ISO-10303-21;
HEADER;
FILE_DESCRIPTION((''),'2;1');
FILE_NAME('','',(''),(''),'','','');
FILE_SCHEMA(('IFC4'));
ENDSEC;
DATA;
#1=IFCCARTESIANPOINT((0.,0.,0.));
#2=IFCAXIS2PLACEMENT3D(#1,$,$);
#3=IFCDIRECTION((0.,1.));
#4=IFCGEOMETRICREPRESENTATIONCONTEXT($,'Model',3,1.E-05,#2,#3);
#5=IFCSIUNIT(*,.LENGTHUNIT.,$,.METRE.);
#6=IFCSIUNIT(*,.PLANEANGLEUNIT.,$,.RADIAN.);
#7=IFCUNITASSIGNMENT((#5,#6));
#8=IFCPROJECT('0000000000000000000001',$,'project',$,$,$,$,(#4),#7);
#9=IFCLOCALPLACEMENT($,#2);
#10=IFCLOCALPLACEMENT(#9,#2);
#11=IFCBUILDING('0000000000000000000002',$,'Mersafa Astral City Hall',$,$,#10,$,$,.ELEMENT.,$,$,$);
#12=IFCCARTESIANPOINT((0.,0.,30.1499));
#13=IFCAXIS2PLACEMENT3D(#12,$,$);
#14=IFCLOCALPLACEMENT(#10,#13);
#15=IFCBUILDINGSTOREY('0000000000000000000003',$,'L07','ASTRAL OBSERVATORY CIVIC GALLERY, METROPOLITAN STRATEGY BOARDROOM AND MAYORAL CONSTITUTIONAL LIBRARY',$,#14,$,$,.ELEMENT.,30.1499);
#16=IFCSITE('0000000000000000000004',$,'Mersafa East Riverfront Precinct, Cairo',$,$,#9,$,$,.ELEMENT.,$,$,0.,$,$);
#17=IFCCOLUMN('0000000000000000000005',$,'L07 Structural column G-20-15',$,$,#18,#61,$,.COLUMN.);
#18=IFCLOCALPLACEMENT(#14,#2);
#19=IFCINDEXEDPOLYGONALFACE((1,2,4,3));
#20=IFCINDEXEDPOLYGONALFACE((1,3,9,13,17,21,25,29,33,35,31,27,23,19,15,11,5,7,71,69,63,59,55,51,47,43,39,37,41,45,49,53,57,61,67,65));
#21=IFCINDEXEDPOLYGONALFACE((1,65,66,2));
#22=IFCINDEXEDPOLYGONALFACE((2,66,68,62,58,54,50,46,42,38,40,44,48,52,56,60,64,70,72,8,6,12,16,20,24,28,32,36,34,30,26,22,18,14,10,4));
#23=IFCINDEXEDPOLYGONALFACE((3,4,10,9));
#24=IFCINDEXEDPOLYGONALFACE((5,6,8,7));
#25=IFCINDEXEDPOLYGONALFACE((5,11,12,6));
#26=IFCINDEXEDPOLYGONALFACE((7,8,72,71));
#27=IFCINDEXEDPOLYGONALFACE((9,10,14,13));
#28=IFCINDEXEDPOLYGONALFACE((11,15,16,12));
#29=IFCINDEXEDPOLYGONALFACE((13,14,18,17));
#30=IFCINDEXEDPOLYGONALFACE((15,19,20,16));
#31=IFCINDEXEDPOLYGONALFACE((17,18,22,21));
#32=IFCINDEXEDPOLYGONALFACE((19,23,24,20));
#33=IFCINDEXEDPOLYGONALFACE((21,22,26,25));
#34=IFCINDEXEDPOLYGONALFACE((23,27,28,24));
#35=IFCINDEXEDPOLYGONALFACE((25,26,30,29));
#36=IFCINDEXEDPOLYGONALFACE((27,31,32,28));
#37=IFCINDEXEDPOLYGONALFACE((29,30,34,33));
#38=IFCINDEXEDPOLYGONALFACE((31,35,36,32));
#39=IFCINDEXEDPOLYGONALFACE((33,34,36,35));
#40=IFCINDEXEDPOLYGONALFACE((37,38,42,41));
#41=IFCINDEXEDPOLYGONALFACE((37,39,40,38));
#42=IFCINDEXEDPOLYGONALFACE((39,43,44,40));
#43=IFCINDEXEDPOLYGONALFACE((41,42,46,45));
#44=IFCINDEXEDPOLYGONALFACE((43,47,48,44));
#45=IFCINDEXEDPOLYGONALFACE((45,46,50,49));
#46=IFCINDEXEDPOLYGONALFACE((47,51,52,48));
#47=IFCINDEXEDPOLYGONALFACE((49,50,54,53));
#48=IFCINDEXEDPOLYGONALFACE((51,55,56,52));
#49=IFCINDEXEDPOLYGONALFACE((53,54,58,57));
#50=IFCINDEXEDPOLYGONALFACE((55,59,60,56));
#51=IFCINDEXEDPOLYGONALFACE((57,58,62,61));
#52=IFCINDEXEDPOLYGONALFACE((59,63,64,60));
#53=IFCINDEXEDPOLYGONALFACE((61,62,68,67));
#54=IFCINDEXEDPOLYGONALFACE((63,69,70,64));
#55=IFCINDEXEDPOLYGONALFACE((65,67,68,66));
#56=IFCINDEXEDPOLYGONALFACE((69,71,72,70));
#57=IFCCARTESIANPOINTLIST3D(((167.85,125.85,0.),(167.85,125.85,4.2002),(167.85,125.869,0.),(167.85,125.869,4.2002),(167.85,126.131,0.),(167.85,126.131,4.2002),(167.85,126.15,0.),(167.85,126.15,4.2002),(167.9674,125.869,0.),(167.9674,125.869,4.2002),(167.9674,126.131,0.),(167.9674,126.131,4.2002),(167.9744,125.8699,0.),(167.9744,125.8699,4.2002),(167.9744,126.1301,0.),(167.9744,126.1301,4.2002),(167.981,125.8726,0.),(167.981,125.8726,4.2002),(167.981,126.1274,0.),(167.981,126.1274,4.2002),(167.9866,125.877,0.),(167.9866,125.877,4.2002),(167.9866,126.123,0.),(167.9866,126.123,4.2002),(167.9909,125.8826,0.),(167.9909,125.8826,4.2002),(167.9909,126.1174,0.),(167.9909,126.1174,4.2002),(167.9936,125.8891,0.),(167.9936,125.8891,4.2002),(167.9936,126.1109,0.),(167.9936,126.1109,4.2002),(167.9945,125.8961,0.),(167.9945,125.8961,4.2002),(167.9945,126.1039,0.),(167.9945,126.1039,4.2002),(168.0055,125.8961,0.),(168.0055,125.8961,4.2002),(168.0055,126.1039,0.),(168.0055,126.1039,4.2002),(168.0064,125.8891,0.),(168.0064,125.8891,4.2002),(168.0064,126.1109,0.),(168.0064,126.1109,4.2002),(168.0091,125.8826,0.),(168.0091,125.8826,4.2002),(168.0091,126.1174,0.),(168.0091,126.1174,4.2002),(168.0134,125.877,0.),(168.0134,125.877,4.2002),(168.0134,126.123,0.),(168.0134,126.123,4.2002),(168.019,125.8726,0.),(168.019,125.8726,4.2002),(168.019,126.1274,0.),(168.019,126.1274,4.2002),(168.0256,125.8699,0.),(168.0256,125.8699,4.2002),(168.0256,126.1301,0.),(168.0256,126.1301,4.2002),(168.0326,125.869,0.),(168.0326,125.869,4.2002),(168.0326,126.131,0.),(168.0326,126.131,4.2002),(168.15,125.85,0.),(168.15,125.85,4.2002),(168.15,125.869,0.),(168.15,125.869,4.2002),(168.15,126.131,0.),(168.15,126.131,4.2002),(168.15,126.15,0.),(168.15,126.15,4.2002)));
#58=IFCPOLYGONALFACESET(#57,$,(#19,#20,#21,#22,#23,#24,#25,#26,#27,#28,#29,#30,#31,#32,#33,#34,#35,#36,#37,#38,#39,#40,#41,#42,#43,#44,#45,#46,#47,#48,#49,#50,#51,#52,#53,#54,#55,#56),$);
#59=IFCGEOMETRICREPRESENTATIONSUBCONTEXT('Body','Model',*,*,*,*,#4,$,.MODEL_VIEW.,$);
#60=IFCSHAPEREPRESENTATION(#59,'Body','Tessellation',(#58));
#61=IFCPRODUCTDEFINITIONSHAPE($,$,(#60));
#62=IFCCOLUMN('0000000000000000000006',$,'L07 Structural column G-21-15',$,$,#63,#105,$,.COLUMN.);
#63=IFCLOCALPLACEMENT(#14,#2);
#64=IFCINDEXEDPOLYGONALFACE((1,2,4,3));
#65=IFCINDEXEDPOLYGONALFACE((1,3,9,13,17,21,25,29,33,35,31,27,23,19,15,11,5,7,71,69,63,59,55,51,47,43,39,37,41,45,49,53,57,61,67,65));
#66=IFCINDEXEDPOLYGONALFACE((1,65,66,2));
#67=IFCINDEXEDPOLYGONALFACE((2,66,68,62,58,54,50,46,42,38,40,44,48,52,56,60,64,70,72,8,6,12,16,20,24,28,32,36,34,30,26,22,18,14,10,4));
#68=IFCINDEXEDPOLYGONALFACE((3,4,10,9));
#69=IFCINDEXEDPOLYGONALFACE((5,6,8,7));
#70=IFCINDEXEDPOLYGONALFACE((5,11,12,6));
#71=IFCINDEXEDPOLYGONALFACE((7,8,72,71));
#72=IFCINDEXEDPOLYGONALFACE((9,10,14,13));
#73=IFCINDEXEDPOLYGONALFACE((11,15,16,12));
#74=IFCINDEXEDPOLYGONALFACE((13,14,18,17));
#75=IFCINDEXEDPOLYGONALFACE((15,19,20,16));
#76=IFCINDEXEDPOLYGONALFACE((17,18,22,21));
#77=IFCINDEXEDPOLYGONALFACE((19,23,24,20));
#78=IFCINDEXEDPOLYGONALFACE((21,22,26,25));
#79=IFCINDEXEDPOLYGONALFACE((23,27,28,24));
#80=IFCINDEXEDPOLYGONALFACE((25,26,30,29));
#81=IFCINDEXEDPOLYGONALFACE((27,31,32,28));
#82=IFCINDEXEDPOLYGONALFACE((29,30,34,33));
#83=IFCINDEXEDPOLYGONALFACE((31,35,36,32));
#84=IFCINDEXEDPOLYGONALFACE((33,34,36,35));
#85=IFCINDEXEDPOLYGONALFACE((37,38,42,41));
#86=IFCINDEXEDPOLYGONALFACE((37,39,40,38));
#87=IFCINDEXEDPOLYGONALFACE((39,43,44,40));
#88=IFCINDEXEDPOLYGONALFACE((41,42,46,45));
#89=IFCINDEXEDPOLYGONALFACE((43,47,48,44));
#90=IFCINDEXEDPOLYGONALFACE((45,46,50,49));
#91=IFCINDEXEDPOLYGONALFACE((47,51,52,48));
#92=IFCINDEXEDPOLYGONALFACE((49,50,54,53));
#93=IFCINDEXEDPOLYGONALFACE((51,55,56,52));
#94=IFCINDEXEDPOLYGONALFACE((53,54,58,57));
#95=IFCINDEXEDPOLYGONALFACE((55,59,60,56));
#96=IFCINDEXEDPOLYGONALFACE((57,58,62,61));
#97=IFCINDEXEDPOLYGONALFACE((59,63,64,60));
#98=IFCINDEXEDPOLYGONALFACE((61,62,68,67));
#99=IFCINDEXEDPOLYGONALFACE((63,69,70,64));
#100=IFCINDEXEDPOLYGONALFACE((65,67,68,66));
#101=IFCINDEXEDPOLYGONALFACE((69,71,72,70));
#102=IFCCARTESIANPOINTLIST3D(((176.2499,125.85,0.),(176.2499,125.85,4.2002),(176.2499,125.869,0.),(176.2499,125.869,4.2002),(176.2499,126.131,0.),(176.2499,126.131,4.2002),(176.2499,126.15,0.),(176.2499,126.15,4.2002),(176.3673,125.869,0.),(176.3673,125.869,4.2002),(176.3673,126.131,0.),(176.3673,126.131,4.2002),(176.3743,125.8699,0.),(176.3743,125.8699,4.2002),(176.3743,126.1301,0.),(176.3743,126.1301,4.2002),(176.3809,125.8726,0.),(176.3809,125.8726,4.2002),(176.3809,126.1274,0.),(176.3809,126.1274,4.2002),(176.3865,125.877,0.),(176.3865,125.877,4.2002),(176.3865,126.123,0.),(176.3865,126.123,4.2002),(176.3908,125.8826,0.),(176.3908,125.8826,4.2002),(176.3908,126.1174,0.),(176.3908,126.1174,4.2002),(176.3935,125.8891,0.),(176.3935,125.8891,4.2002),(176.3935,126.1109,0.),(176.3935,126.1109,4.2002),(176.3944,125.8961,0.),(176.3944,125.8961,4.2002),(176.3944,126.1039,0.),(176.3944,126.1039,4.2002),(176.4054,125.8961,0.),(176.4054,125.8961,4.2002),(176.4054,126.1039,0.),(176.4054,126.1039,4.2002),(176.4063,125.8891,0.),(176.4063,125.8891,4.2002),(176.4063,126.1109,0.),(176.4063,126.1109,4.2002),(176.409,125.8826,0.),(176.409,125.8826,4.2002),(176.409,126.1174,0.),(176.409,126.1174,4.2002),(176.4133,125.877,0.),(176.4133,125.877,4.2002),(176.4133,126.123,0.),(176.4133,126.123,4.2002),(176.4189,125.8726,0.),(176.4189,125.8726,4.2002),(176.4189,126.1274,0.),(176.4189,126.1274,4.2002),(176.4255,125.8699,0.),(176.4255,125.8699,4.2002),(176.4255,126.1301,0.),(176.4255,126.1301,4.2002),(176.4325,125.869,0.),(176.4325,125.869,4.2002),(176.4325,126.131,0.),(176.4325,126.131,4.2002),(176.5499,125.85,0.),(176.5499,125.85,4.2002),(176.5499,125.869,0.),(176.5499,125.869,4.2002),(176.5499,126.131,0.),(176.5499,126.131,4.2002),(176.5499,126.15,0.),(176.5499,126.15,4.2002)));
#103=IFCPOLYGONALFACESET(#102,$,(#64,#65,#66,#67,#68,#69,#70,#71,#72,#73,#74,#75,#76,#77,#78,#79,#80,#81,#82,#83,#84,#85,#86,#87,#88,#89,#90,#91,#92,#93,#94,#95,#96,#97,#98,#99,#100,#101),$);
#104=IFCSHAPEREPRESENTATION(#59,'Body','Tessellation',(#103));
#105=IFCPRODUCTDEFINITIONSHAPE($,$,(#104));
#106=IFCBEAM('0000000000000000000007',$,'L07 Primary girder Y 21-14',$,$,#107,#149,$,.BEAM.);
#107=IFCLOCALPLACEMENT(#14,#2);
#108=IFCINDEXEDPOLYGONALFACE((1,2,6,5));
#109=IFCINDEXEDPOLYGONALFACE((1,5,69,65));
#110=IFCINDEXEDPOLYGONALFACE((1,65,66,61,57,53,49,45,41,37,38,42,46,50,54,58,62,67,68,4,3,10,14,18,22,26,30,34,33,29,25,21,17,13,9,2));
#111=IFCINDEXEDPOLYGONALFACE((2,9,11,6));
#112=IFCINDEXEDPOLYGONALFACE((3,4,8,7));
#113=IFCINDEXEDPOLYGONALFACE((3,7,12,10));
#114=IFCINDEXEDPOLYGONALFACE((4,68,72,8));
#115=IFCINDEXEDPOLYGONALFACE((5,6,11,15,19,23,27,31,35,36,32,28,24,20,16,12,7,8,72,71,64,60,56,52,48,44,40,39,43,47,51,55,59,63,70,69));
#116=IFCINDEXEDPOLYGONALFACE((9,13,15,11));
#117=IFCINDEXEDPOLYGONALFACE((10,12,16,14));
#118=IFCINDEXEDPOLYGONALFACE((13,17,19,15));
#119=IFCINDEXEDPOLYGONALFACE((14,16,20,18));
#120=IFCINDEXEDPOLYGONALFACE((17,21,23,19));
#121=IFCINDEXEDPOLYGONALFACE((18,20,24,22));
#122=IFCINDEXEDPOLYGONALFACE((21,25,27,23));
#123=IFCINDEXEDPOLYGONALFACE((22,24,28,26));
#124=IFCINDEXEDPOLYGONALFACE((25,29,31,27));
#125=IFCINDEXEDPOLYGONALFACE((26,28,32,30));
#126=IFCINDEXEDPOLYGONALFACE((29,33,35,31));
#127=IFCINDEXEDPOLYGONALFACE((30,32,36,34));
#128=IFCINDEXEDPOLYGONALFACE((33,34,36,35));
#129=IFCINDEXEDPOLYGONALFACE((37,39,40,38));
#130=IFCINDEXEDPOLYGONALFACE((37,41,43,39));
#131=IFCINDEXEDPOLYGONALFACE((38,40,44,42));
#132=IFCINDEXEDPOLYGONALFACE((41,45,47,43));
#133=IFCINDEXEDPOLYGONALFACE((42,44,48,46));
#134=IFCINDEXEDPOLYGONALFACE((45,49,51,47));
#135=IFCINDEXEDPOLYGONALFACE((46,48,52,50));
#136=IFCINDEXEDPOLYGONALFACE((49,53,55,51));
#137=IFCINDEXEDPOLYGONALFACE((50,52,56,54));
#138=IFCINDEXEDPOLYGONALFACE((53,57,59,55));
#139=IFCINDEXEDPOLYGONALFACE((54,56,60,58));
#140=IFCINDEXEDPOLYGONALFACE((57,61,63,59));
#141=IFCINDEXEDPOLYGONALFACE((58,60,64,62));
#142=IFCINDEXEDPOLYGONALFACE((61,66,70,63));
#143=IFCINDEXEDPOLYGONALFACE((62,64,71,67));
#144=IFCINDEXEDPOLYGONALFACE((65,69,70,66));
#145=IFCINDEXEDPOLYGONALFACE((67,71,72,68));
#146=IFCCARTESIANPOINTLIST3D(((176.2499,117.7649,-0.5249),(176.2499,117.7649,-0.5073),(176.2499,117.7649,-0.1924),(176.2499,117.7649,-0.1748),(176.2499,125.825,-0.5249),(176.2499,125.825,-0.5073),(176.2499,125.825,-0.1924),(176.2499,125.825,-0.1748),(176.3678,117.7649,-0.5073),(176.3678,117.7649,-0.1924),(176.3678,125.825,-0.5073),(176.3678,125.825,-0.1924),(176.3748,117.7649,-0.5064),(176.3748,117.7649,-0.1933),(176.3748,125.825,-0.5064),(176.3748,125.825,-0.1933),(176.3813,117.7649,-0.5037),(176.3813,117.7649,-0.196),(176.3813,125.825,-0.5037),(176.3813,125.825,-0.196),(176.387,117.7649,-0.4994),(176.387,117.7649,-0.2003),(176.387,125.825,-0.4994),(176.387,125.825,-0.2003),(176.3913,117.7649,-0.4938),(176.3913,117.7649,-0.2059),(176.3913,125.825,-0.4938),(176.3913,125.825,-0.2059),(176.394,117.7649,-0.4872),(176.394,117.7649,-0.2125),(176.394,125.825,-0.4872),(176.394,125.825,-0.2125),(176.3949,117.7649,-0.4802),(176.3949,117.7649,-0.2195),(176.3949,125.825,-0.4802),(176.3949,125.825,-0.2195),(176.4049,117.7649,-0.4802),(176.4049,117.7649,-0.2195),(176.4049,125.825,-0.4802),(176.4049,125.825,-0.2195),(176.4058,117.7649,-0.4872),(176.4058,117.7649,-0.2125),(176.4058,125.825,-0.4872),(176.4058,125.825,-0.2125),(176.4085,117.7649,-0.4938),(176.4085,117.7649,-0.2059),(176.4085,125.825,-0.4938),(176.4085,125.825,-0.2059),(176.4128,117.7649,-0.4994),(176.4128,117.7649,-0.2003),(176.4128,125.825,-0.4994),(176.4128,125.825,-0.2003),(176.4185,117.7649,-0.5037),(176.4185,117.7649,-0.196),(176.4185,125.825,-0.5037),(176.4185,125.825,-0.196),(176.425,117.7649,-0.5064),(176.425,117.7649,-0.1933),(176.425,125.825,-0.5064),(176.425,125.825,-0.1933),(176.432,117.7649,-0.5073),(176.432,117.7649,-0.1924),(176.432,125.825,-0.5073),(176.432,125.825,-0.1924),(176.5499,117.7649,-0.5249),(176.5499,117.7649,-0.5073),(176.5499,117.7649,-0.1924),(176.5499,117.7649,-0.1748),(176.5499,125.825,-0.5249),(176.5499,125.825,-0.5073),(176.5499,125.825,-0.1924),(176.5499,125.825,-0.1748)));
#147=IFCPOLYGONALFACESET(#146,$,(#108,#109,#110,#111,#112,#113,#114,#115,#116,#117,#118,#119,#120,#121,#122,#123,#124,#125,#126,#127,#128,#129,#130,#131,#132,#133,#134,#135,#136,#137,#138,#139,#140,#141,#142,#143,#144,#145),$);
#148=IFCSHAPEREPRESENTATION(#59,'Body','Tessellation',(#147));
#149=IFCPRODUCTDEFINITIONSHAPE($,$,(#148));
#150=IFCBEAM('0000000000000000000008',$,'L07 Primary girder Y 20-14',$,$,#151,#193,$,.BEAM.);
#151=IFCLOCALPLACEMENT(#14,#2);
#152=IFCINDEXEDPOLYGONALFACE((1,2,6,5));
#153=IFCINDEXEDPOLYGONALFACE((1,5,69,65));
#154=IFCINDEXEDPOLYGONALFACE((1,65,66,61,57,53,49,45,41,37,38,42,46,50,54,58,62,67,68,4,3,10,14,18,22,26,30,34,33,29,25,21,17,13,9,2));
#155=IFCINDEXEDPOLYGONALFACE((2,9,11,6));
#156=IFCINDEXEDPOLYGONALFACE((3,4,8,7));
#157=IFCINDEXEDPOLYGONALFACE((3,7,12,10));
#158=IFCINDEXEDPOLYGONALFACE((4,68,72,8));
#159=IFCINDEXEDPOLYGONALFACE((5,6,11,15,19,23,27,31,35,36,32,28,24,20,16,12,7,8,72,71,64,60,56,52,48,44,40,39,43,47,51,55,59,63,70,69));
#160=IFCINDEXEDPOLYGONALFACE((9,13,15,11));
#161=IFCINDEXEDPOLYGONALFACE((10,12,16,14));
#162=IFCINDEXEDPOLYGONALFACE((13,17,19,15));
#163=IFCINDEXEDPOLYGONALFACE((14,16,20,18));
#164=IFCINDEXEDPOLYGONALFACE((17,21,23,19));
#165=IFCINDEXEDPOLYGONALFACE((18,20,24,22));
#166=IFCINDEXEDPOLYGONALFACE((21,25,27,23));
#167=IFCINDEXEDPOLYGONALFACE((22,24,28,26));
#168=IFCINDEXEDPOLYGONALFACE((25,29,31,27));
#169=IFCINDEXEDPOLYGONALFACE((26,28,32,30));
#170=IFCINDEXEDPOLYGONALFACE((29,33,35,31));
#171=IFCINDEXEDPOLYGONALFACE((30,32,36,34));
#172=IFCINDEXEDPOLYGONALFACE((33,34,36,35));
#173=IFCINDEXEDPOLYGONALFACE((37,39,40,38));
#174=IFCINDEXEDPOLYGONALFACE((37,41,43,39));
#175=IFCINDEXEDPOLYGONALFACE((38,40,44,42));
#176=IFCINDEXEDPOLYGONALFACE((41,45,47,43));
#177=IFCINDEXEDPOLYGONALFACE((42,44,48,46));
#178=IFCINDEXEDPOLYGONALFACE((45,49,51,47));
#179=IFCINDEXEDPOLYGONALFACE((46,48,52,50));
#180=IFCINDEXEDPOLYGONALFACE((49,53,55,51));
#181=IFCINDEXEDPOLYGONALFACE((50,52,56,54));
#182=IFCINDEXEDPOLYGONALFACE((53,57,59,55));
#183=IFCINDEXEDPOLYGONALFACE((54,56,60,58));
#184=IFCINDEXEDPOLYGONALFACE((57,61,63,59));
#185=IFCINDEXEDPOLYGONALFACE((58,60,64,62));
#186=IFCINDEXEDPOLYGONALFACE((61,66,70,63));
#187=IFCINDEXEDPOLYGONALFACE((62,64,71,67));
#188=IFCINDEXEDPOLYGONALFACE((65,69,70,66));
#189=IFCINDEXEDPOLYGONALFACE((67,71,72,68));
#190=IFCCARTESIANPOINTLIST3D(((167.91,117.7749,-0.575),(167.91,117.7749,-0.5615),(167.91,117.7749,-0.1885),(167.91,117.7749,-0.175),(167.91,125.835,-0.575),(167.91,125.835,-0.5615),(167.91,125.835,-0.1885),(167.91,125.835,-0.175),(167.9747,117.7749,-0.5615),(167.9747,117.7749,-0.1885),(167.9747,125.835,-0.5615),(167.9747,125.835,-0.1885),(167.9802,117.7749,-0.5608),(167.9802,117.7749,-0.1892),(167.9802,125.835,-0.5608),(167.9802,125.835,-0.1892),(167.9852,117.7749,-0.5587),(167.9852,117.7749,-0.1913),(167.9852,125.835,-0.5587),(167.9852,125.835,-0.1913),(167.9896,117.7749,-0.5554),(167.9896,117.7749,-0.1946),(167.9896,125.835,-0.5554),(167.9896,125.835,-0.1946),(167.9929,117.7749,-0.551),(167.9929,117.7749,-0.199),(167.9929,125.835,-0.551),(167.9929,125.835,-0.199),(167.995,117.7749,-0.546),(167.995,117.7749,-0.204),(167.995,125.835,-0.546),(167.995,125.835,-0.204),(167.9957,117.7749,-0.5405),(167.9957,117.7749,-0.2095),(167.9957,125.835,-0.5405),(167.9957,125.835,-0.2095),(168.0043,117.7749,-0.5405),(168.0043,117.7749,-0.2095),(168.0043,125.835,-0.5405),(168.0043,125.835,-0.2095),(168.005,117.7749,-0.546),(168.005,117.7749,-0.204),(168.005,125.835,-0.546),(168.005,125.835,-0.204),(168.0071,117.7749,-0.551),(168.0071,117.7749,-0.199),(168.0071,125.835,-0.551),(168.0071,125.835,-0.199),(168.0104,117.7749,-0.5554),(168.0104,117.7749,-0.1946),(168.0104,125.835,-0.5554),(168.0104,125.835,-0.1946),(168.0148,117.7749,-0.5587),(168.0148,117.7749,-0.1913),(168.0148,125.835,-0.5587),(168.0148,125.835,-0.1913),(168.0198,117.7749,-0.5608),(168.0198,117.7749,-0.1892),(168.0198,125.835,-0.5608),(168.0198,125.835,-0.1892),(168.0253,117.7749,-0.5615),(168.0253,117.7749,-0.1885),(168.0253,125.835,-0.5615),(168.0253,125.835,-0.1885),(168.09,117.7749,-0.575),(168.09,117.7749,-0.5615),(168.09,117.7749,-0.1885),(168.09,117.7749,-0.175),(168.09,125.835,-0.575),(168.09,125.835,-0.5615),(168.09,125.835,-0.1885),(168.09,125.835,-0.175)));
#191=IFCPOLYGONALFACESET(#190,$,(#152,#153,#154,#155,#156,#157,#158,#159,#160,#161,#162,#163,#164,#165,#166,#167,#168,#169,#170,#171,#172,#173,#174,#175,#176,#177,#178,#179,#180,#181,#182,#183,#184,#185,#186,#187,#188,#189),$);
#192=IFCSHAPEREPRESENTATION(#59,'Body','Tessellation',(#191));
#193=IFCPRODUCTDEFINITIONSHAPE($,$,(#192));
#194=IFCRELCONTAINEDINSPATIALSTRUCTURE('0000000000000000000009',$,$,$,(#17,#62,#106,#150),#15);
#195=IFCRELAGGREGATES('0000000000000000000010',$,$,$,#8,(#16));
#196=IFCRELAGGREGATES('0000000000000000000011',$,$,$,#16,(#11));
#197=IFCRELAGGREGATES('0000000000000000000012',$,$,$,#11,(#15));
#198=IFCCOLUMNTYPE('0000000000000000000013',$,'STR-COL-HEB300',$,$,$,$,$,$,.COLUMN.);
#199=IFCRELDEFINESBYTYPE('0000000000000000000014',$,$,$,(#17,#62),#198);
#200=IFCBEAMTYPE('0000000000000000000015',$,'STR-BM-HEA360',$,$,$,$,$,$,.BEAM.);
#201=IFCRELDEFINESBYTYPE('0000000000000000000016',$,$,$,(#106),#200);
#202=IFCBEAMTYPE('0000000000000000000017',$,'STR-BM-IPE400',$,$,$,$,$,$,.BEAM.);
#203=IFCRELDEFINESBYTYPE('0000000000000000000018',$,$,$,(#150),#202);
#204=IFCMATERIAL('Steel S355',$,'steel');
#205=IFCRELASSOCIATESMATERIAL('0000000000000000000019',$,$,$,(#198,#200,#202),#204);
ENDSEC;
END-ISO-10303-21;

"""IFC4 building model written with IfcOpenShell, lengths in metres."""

from ifc_helpers import new_model, si_unit, direction, frame, origin, origin_2d, place, context, subcontext, project, spatial, i_section, extrude, material, material_profile, profile_set, type_object, element, save


model = new_model("IFC4")

# Units and contexts
model_context = context("Model", 3, precision=1e-05, world=origin(), true_north=direction((0.0, 1.0)))
body_context = subcontext(model_context, "Body", "Model", "MODEL_VIEW")
ifc_project = project(units=[si_unit("LENGTHUNIT", "METRE"), si_unit("PLANEANGLEUNIT", "RADIAN")], contexts=[model_context])

# Site, building, storey
site_placement = place(None, origin())
site = spatial("IfcSite", under=ifc_project, at=site_placement, Name="Mersafa East Riverfront Precinct, Cairo", CompositionType="ELEMENT", RefElevation=0.0)
building_placement = place(site_placement, origin())
building = spatial("IfcBuilding", under=site, at=building_placement, Name="Mersafa Astral City Hall", CompositionType="ELEMENT")
storey_placement = place(building_placement, frame((0.0, 0.0, 30.1499)))
storey = spatial("IfcBuildingStorey", under=building, at=storey_placement, Name="L07", Description="ASTRAL OBSERVATORY CIVIC GALLERY, METROPOLITAN STRATEGY BOARDROOM AND MAYORAL CONSTITUTIONAL LIBRARY", CompositionType="ELEMENT", Elevation=30.1499)

# Columns
ifc_material_1 = material(Name="Steel S355", Category="steel")
ifc_material_profile_1 = material_profile(ifc_material_1, i_section(OverallWidth=0.3, OverallDepth=0.3, WebThickness=0.011, FlangeThickness=0.019, FilletRadius=0.0271, at=origin_2d()), Name="HEB 300")
ifc_profile_set_1 = profile_set([ifc_material_profile_1], Name="Steel S355")
column_type = type_object("IfcColumnType", Name="STR-COL-HEB300", PredefinedType="COLUMN", material=ifc_profile_set_1)
for number, where, z_axis, x_axis, name in (
    (1, (168.0, 126.0, 0.0), (0.0, 0.0, 1.0), (1.0, 0.0, 0.0), "L07 Structural column G-20-15"),
    (2, (176.3999, 126.0, 0.0), (0.0, 0.0, 1.0), (1.0, 0.0, 0.0), "L07 Structural column G-21-15"),
):
    element("IfcColumn", number, at=place(storey_placement, frame(where, z_axis=z_axis, x_axis=x_axis)), inside=storey, type_object=column_type, Name=name, PredefinedType="COLUMN", context=body_context, shape_type="SweptSolid", body=[
        extrude(i_section(OverallWidth=0.3, OverallDepth=0.3, WebThickness=0.011, FlangeThickness=0.019, FilletRadius=0.0271, at=origin_2d()), origin(), (0.0, 0.0, 1.0), 4.2002),
    ])

# Beams
ifc_material_profile_2 = material_profile(ifc_material_1, i_section(OverallWidth=0.3, OverallDepth=0.3501, WebThickness=0.01, FlangeThickness=0.0176, FilletRadius=0.0271, at=origin_2d()), Name="HEA 360")
ifc_profile_set_2 = profile_set([ifc_material_profile_2], Name="Steel S355")
beam_type_1 = type_object("IfcBeamType", Name="STR-BM-HEA360", PredefinedType="BEAM", material=ifc_profile_set_2)
beam_1_placement = place(storey_placement, frame((176.3999, 117.7649, -0.3499), z_axis=(0.0, 1.0, 0.0), x_axis=(-1.0, 0.0, 0.0)))
element("IfcBeam", 3, at=beam_1_placement, inside=storey, type_object=beam_type_1, Name="L07 Primary girder Y 21-14", PredefinedType="BEAM", context=body_context, shape_type="SweptSolid", body=[
    extrude(i_section(OverallWidth=0.3, OverallDepth=0.3501, WebThickness=0.01, FlangeThickness=0.0176, FilletRadius=0.0271, at=origin_2d()), origin(), (0.0, 0.0, 1.0), 8.0601),
])
ifc_material_profile_3 = material_profile(ifc_material_1, i_section(OverallWidth=0.1799, OverallDepth=0.3999, WebThickness=0.0085, FlangeThickness=0.0134, FilletRadius=0.021, at=origin_2d()), Name="IPE 400")
ifc_profile_set_3 = profile_set([ifc_material_profile_3], Name="Steel S355")
beam_type_2 = type_object("IfcBeamType", Name="STR-BM-IPE400", PredefinedType="BEAM", material=ifc_profile_set_3)
beam_2_placement = place(storey_placement, frame((168.0, 117.7749, -0.375), z_axis=(0.0, 1.0, 0.0), x_axis=(-1.0, 0.0, 0.0)))
element("IfcBeam", 4, at=beam_2_placement, inside=storey, type_object=beam_type_2, Name="L07 Primary girder Y 20-14", PredefinedType="BEAM", context=body_context, shape_type="SweptSolid", body=[
    extrude(i_section(OverallWidth=0.1799, OverallDepth=0.3999, WebThickness=0.0085, FlangeThickness=0.0134, FilletRadius=0.021, at=origin_2d()), origin(), (0.0, 0.0, 1.0), 8.0601),
])

save(model, "model.ifc")
